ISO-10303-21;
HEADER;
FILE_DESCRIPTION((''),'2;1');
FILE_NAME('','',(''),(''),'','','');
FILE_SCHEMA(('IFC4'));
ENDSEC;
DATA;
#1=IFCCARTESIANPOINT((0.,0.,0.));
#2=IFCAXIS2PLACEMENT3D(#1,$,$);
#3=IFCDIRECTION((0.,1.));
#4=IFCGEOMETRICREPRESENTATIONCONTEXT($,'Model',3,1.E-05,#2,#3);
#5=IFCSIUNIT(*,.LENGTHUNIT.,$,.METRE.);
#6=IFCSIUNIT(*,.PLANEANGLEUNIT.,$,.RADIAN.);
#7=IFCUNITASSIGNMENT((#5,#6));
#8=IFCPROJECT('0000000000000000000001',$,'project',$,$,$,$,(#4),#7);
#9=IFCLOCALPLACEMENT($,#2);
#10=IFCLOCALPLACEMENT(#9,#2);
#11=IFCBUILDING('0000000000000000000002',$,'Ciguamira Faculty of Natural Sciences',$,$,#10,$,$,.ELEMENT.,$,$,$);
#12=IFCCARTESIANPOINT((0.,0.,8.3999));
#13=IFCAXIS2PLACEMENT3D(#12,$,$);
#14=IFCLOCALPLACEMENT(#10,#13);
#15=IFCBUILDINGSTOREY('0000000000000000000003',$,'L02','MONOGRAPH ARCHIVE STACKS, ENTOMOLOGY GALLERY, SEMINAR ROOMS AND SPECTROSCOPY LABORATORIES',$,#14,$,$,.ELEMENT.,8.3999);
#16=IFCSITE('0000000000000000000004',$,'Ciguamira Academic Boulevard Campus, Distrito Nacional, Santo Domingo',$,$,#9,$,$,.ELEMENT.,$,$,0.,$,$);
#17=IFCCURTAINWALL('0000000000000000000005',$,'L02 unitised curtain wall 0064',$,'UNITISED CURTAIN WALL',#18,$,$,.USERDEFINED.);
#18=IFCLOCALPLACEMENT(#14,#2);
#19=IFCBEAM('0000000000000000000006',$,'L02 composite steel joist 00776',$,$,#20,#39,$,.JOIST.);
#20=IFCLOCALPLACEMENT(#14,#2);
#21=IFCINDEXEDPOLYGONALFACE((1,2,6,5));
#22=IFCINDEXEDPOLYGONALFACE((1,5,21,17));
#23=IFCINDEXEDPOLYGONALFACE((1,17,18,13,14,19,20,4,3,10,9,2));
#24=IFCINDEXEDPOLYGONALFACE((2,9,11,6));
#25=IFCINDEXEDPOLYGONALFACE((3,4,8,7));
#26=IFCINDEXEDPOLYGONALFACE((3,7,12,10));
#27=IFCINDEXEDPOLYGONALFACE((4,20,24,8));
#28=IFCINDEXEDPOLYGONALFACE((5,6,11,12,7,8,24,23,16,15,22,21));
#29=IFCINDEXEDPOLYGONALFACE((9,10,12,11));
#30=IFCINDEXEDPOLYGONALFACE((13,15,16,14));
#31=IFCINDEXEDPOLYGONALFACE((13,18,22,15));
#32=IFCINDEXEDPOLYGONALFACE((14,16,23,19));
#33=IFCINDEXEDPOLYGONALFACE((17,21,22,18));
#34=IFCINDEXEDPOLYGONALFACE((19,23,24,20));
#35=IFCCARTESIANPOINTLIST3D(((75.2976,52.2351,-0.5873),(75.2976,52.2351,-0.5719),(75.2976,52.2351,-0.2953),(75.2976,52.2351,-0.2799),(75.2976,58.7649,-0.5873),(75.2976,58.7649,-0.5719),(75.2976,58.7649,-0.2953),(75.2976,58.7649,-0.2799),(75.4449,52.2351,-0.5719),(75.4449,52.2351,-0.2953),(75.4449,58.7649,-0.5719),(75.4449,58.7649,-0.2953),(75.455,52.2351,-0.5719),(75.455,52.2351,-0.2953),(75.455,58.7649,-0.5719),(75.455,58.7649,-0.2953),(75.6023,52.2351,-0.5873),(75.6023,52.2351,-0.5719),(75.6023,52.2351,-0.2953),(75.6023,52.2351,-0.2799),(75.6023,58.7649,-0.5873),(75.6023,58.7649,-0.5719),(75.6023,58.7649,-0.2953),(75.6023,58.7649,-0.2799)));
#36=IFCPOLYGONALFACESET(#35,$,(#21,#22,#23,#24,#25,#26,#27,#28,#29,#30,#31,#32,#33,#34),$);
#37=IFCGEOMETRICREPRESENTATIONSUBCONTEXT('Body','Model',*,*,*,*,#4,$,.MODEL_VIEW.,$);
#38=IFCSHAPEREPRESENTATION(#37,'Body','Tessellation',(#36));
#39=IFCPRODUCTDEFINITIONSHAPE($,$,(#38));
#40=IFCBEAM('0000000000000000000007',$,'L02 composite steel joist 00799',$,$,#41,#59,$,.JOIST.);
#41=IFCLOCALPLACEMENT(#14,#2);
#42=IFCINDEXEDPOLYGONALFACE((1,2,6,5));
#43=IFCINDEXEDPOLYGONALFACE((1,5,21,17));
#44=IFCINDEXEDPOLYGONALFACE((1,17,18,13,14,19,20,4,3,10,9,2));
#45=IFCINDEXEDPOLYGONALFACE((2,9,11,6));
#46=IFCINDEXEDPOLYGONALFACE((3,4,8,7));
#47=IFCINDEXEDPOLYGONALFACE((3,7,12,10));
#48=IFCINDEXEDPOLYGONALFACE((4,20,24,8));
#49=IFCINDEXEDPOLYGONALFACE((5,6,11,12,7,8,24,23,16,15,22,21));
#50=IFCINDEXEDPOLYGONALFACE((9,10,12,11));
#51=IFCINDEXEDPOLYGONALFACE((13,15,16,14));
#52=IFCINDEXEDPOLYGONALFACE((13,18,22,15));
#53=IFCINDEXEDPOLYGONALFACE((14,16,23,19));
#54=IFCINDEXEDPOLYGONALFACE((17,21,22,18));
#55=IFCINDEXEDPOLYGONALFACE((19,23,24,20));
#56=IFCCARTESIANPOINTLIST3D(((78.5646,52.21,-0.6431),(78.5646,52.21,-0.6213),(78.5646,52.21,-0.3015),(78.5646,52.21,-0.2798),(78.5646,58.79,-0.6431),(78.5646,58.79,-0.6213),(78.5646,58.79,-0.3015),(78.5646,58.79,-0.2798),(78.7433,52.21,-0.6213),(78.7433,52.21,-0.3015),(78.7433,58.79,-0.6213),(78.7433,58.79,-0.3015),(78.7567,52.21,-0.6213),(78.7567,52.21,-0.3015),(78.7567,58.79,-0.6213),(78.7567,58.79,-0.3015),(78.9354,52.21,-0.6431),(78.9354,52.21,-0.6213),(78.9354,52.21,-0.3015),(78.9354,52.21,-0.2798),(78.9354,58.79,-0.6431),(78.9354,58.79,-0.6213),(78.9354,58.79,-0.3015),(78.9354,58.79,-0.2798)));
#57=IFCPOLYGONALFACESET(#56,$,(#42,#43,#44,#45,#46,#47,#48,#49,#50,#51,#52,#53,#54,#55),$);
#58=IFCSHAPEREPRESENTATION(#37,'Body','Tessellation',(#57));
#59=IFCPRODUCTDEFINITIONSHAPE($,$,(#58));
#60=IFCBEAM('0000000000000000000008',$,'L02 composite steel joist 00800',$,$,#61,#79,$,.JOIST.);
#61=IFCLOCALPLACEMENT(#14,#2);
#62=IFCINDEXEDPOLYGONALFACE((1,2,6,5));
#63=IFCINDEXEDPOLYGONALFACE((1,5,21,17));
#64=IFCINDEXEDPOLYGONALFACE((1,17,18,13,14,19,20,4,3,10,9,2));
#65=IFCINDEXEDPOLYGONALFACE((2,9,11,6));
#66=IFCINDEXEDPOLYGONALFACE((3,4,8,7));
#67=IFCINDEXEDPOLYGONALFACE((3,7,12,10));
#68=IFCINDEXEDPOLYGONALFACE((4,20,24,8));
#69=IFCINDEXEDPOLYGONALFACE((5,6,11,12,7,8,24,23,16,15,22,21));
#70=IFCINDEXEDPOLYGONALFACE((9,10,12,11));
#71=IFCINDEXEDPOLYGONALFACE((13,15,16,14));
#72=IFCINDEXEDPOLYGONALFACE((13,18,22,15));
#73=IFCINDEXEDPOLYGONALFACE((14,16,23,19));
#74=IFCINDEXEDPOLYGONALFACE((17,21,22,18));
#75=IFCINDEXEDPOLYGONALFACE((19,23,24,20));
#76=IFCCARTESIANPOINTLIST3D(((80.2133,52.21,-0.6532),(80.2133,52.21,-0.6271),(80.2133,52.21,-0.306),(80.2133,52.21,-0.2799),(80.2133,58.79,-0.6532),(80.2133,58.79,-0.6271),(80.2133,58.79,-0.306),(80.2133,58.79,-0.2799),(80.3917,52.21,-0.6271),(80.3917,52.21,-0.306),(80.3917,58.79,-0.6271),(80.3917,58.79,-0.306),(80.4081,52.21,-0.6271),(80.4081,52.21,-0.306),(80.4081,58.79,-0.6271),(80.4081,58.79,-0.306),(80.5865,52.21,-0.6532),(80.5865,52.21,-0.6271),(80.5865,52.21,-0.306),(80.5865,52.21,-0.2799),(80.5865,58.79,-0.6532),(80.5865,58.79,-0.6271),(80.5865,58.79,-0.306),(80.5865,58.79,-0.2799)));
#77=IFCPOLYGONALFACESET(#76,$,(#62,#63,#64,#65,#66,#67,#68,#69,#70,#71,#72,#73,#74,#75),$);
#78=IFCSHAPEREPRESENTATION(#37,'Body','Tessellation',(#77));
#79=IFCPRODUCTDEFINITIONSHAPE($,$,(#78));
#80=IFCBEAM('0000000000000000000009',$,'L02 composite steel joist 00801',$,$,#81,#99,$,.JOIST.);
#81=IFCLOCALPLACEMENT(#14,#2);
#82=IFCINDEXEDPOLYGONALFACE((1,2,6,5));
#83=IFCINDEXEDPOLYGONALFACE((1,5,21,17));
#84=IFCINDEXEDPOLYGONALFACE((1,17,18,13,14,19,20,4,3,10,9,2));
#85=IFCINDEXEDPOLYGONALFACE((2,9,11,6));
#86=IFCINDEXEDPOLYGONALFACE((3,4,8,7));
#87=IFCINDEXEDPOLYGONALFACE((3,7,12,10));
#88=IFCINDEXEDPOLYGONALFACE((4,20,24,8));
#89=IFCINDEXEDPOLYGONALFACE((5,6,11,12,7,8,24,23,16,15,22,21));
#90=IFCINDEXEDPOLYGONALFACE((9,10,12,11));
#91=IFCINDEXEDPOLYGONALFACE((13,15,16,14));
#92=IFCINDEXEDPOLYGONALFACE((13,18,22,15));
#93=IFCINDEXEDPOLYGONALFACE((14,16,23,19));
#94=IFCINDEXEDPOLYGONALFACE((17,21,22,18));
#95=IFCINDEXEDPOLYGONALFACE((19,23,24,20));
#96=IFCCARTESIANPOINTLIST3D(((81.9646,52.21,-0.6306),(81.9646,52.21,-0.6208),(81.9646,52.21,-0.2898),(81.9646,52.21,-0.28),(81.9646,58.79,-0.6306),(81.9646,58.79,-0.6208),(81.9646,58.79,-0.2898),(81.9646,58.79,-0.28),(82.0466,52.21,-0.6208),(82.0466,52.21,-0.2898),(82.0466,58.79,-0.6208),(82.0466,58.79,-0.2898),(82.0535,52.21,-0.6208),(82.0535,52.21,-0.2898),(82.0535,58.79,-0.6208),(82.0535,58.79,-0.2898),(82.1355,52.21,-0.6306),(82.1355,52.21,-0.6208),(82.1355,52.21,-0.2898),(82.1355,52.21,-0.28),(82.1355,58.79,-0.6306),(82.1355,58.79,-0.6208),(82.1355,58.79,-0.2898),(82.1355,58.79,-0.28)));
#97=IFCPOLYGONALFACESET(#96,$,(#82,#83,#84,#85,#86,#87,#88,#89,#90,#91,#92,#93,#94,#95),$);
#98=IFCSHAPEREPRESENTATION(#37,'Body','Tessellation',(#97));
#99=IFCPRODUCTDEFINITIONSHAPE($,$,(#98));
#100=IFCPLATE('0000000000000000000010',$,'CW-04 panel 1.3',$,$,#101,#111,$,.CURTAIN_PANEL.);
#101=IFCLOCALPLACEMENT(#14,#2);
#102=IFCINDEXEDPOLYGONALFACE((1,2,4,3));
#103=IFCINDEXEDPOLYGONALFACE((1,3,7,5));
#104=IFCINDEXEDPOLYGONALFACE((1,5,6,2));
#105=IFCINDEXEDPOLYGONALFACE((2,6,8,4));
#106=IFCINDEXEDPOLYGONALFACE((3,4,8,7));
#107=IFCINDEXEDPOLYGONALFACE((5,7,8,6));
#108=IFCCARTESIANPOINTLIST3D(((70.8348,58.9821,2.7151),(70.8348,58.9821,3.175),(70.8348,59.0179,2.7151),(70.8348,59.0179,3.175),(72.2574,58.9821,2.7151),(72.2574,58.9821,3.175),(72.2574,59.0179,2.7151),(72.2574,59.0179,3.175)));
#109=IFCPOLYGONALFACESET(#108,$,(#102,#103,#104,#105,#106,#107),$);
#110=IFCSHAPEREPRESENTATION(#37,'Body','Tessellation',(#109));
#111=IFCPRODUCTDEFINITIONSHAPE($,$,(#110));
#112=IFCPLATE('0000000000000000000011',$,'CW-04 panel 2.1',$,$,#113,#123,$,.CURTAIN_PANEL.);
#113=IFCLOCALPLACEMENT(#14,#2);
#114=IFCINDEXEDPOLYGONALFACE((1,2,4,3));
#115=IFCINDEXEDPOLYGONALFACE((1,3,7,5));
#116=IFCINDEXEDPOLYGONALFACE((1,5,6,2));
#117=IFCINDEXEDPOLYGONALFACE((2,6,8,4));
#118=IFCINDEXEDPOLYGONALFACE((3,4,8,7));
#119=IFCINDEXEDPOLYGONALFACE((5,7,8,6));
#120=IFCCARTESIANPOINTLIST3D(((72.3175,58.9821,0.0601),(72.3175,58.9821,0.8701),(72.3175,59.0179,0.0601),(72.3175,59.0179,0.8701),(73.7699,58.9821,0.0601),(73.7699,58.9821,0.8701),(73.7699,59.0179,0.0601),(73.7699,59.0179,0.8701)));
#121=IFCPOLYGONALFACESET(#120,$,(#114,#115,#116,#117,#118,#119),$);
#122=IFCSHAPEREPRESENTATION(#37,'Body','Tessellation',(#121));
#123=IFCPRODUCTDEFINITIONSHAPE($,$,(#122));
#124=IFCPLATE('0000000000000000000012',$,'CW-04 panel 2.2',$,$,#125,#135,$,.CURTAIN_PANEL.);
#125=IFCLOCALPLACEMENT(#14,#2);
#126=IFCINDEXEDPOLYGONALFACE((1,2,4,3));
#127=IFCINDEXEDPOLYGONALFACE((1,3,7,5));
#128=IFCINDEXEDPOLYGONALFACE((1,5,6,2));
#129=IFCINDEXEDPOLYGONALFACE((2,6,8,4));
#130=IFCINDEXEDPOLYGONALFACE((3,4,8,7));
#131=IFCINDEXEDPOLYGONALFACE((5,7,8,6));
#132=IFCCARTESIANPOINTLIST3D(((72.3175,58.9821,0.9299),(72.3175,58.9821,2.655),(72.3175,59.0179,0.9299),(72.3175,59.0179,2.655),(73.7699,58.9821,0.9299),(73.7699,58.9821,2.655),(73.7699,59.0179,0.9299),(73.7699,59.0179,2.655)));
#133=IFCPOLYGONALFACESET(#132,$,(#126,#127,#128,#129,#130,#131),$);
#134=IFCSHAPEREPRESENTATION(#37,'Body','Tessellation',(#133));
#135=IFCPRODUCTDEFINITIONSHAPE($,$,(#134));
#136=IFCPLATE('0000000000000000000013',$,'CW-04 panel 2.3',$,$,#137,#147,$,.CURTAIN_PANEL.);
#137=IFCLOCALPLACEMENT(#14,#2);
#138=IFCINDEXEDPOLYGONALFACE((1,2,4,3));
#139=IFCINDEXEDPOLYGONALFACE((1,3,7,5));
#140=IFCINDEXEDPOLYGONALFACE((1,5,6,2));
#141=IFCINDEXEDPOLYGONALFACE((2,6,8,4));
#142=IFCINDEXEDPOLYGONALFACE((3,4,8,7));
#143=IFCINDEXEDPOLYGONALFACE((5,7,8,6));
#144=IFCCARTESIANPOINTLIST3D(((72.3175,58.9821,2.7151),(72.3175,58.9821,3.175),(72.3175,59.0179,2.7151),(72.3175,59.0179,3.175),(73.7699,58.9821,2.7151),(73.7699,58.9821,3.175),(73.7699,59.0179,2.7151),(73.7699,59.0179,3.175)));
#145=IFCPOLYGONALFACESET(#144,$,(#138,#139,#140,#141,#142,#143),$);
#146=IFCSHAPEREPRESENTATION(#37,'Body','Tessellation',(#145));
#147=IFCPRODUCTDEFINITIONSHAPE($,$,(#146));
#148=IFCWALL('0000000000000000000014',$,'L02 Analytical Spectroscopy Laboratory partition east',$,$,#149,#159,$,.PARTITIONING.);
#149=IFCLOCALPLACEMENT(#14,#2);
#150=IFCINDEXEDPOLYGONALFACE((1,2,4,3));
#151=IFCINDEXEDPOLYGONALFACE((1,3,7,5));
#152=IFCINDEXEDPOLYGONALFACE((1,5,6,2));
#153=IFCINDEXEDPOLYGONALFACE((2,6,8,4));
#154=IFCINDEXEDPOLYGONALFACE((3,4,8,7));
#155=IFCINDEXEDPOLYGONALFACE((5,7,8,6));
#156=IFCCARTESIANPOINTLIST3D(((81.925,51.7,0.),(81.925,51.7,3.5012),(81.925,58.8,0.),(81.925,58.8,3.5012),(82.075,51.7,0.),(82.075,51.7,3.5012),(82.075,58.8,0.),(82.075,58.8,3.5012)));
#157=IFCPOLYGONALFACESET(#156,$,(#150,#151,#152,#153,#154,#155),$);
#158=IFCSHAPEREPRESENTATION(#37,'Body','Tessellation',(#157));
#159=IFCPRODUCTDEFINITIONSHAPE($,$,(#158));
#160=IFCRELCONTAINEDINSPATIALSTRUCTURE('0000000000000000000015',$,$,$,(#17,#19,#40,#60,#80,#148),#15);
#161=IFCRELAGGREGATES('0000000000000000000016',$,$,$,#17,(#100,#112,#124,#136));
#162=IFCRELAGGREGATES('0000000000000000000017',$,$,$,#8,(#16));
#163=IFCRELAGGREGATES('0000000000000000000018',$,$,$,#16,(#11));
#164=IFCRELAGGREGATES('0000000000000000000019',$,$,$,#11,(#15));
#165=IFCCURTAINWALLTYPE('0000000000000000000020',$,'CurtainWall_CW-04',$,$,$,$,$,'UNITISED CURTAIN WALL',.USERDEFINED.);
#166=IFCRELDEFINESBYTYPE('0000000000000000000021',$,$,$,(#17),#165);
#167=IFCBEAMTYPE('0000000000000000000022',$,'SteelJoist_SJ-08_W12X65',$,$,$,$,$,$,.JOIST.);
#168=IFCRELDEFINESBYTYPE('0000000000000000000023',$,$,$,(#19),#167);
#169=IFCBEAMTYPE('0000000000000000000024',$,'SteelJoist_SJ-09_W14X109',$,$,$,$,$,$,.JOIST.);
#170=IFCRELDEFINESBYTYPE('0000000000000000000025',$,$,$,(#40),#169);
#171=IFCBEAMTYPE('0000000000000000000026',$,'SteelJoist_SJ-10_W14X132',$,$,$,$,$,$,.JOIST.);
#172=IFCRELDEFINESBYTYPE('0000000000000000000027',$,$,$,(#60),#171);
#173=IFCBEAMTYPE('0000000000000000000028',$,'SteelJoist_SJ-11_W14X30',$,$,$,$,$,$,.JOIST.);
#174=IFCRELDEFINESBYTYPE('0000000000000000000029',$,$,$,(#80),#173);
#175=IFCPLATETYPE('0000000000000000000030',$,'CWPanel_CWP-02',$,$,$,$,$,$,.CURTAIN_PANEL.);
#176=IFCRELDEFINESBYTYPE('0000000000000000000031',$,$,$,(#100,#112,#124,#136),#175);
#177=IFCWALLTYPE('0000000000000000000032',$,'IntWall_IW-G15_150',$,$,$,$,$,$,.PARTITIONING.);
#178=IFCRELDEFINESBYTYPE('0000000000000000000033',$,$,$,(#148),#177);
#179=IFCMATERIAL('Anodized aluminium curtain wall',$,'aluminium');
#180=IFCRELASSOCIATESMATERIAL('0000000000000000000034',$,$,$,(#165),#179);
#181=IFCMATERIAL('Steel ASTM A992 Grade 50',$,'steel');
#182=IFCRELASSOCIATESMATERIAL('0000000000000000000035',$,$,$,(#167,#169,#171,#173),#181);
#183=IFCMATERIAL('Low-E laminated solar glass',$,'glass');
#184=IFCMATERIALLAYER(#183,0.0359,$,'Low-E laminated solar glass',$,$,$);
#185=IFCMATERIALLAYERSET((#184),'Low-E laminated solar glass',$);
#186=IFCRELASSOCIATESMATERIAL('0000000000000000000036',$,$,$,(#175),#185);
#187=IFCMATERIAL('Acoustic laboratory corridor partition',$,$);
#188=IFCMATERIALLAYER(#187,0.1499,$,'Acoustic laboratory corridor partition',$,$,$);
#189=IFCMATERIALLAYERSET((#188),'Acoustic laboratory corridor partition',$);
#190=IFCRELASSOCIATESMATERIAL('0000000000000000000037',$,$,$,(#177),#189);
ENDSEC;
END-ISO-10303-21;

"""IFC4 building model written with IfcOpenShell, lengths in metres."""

from ifc_helpers import new_model, si_unit, direction, frame, frame_2d, origin, origin_2d, place, context, subcontext, project, spatial, rectangle, i_section, extrude, material, layer, layer_set, material_profile, profile_set, type_object, element, aggregate, save


model = new_model("IFC4")

# Units and contexts
model_context = context("Model", 3, precision=1e-05, world=origin(), true_north=direction((0.0, 1.0)))
body_context = subcontext(model_context, "Body", "Model", "MODEL_VIEW")
ifc_project = project(units=[si_unit("LENGTHUNIT", "METRE"), si_unit("PLANEANGLEUNIT", "RADIAN")], contexts=[model_context])

# Site, building, storey
site_placement = place(None, origin())
site = spatial("IfcSite", under=ifc_project, at=site_placement, Name="Ciguamira Academic Boulevard Campus, Distrito Nacional, Santo Domingo", CompositionType="ELEMENT", RefElevation=0.0)
building_placement = place(site_placement, origin())
building = spatial("IfcBuilding", under=site, at=building_placement, Name="Ciguamira Faculty of Natural Sciences", CompositionType="ELEMENT")
storey_placement = place(building_placement, frame((0.0, 0.0, 8.3999)))
storey = spatial("IfcBuildingStorey", under=building, at=storey_placement, Name="L02", Description="MONOGRAPH ARCHIVE STACKS, ENTOMOLOGY GALLERY, SEMINAR ROOMS AND SPECTROSCOPY LABORATORIES", CompositionType="ELEMENT", Elevation=8.3999)

# Curtain wall
ifc_material_1 = material(Name="Anodized aluminium curtain wall", Category="aluminium")
curtain_wall_type = type_object("IfcCurtainWallType", Name="CurtainWall_CW-04", ElementType="UNITISED CURTAIN WALL", PredefinedType="USERDEFINED", material=ifc_material_1)
curtain_wall_placement = place(storey_placement, origin())
curtain_wall = element("IfcCurtainWall", 1, at=curtain_wall_placement, inside=storey, type_object=curtain_wall_type, Name="L02 unitised curtain wall 0064", ObjectType="UNITISED CURTAIN WALL", PredefinedType="USERDEFINED")

# Beams
ifc_material_2 = material(Name="Steel ASTM A992 Grade 50", Category="steel")
ifc_material_profile_1 = material_profile(ifc_material_2, i_section(OverallWidth=0.3047, OverallDepth=0.3074, WebThickness=0.01, FlangeThickness=0.0154, at=origin_2d()), Name="W12X65")
ifc_profile_set_1 = profile_set([ifc_material_profile_1], Name="Steel ASTM A992 Grade 50")
beam_type_1 = type_object("IfcBeamType", Name="SteelJoist_SJ-08_W12X65", PredefinedType="JOIST", material=ifc_profile_set_1)
beam_1_placement = place(storey_placement, frame((75.45, 52.2351, -0.4336), z_axis=(0.0, 1.0, 0.0), x_axis=(-1.0, 0.0, 0.0)))
element("IfcBeam", 2, at=beam_1_placement, inside=storey, type_object=beam_type_1, Name="L02 composite steel joist 00776", PredefinedType="JOIST", context=body_context, shape_type="SweptSolid", body=[
    extrude(i_section(OverallWidth=0.3047, OverallDepth=0.3074, WebThickness=0.01, FlangeThickness=0.0154, at=origin_2d()), origin(), (0.0, 0.0, 1.0), 6.5298),
])
ifc_material_profile_2 = material_profile(ifc_material_2, i_section(OverallWidth=0.3708, OverallDepth=0.3633, WebThickness=0.0134, FlangeThickness=0.0217, at=origin_2d()), Name="W14X109")
ifc_profile_set_2 = profile_set([ifc_material_profile_2], Name="Steel ASTM A992 Grade 50")
beam_type_2 = type_object("IfcBeamType", Name="SteelJoist_SJ-09_W14X109", PredefinedType="JOIST", material=ifc_profile_set_2)
beam_2_placement = place(storey_placement, frame((78.75, 52.21, -0.4614), z_axis=(0.0, 1.0, 0.0), x_axis=(-1.0, 0.0, 0.0)))
element("IfcBeam", 3, at=beam_2_placement, inside=storey, type_object=beam_type_2, Name="L02 composite steel joist 00799", PredefinedType="JOIST", context=body_context, shape_type="SweptSolid", body=[
    extrude(i_section(OverallWidth=0.3708, OverallDepth=0.3633, WebThickness=0.0134, FlangeThickness=0.0217, at=origin_2d()), origin(), (0.0, 0.0, 1.0), 6.5801),
])
ifc_material_profile_3 = material_profile(ifc_material_2, i_section(OverallWidth=0.3733, OverallDepth=0.3733, WebThickness=0.0164, FlangeThickness=0.0261, at=origin_2d()), Name="W14X132")
ifc_profile_set_3 = profile_set([ifc_material_profile_3], Name="Steel ASTM A992 Grade 50")
beam_type_3 = type_object("IfcBeamType", Name="SteelJoist_SJ-10_W14X132", PredefinedType="JOIST", material=ifc_profile_set_3)
beam_3_placement = place(storey_placement, frame((80.3999, 52.21, -0.4666), z_axis=(0.0, 1.0, 0.0), x_axis=(-1.0, 0.0, 0.0)))
element("IfcBeam", 4, at=beam_3_placement, inside=storey, type_object=beam_type_3, Name="L02 composite steel joist 00800", PredefinedType="JOIST", context=body_context, shape_type="SweptSolid", body=[
    extrude(i_section(OverallWidth=0.3733, OverallDepth=0.3733, WebThickness=0.0164, FlangeThickness=0.0261, at=origin_2d()), origin(), (0.0, 0.0, 1.0), 6.5801),
])
ifc_material_profile_4 = material_profile(ifc_material_2, i_section(OverallWidth=0.1709, OverallDepth=0.3506, WebThickness=0.0068, FlangeThickness=0.0098, at=origin_2d()), Name="W14X30")
ifc_profile_set_4 = profile_set([ifc_material_profile_4], Name="Steel ASTM A992 Grade 50")
beam_type_4 = type_object("IfcBeamType", Name="SteelJoist_SJ-11_W14X30", PredefinedType="JOIST", material=ifc_profile_set_4)
beam_4_placement = place(storey_placement, frame((82.05, 52.21, -0.4553), z_axis=(0.0, 1.0, 0.0), x_axis=(-1.0, 0.0, 0.0)))
element("IfcBeam", 5, at=beam_4_placement, inside=storey, type_object=beam_type_4, Name="L02 composite steel joist 00801", PredefinedType="JOIST", context=body_context, shape_type="SweptSolid", body=[
    extrude(i_section(OverallWidth=0.1709, OverallDepth=0.3506, WebThickness=0.0068, FlangeThickness=0.0098, at=origin_2d()), origin(), (0.0, 0.0, 1.0), 6.5801),
])

# Plates
ifc_material_3 = material(Name="Low-E laminated solar glass", Category="glass")
ifc_layer_1 = layer(ifc_material_3, 0.0359, Name="Low-E laminated solar glass")
ifc_layer_set_1 = layer_set([ifc_layer_1], Name="Low-E laminated solar glass")
plate_type = type_object("IfcPlateType", Name="CWPanel_CWP-02", PredefinedType="CURTAIN_PANEL", material=ifc_layer_set_1)
plate_1_placement = place(storey_placement, frame((71.5461, 59.0, 2.7151), z_axis=(0.0, 0.0, 1.0), x_axis=(1.0, 0.0, 0.0)))
plate_1 = element("IfcPlate", 6, at=plate_1_placement, type_object=plate_type, Name="CW-04 panel 1.3", PredefinedType="CURTAIN_PANEL", context=body_context, shape_type="SweptSolid", body=[
    extrude(rectangle(XDim=1.4226, YDim=0.0359, at=origin_2d()), origin(), (0.0, 0.0, 1.0), 0.46),
])
plate_2_placement = place(storey_placement, frame((73.0437, 59.0, 0.0601), z_axis=(0.0, 0.0, 1.0), x_axis=(1.0, 0.0, 0.0)))
plate_2 = element("IfcPlate", 7, at=plate_2_placement, type_object=plate_type, Name="CW-04 panel 2.1", PredefinedType="CURTAIN_PANEL", context=body_context, shape_type="SweptSolid", body=[
    extrude(rectangle(XDim=1.4524, YDim=0.0359, at=origin_2d()), origin(), (0.0, 0.0, 1.0), 0.8101),
])
plate_3_placement = place(storey_placement, frame((73.0437, 59.0, 0.9299), z_axis=(0.0, 0.0, 1.0), x_axis=(1.0, 0.0, 0.0)))
plate_3 = element("IfcPlate", 8, at=plate_3_placement, type_object=plate_type, Name="CW-04 panel 2.2", PredefinedType="CURTAIN_PANEL", context=body_context, shape_type="SweptSolid", body=[
    extrude(rectangle(XDim=1.4524, YDim=0.0359, at=origin_2d()), origin(), (0.0, 0.0, 1.0), 1.7251),
])
plate_4_placement = place(storey_placement, frame((73.0437, 59.0, 2.7151), z_axis=(0.0, 0.0, 1.0), x_axis=(1.0, 0.0, 0.0)))
plate_4 = element("IfcPlate", 9, at=plate_4_placement, type_object=plate_type, Name="CW-04 panel 2.3", PredefinedType="CURTAIN_PANEL", context=body_context, shape_type="SweptSolid", body=[
    extrude(rectangle(XDim=1.4524, YDim=0.0359, at=origin_2d()), origin(), (0.0, 0.0, 1.0), 0.46),
])
aggregate(curtain_wall, [plate_1, plate_2, plate_3, plate_4])

# Wall
ifc_material_4 = material(Name="Acoustic laboratory corridor partition")
ifc_layer_2 = layer(ifc_material_4, 0.1499, Name="Acoustic laboratory corridor partition")
ifc_layer_set_2 = layer_set([ifc_layer_2], Name="Acoustic laboratory corridor partition")
wall_type = type_object("IfcWallType", Name="IntWall_IW-G15_150", PredefinedType="PARTITIONING", material=ifc_layer_set_2)
wall_1_placement = place(storey_placement, frame((82.0, 51.7, 0.0), z_axis=(0.0, 0.0, 1.0), x_axis=(0.0, 1.0, 0.0)))
element("IfcWall", 10, at=wall_1_placement, inside=storey, type_object=wall_type, Name="L02 Analytical Spectroscopy Laboratory partition east", PredefinedType="PARTITIONING", context=body_context, shape_type="SweptSolid", body=[
    extrude(rectangle(XDim=7.1001, YDim=0.1499, at=frame_2d((3.55, 0.0))), origin(), (0.0, 0.0, 1.0), 3.5012),
])

save(model, "model.ifc")
